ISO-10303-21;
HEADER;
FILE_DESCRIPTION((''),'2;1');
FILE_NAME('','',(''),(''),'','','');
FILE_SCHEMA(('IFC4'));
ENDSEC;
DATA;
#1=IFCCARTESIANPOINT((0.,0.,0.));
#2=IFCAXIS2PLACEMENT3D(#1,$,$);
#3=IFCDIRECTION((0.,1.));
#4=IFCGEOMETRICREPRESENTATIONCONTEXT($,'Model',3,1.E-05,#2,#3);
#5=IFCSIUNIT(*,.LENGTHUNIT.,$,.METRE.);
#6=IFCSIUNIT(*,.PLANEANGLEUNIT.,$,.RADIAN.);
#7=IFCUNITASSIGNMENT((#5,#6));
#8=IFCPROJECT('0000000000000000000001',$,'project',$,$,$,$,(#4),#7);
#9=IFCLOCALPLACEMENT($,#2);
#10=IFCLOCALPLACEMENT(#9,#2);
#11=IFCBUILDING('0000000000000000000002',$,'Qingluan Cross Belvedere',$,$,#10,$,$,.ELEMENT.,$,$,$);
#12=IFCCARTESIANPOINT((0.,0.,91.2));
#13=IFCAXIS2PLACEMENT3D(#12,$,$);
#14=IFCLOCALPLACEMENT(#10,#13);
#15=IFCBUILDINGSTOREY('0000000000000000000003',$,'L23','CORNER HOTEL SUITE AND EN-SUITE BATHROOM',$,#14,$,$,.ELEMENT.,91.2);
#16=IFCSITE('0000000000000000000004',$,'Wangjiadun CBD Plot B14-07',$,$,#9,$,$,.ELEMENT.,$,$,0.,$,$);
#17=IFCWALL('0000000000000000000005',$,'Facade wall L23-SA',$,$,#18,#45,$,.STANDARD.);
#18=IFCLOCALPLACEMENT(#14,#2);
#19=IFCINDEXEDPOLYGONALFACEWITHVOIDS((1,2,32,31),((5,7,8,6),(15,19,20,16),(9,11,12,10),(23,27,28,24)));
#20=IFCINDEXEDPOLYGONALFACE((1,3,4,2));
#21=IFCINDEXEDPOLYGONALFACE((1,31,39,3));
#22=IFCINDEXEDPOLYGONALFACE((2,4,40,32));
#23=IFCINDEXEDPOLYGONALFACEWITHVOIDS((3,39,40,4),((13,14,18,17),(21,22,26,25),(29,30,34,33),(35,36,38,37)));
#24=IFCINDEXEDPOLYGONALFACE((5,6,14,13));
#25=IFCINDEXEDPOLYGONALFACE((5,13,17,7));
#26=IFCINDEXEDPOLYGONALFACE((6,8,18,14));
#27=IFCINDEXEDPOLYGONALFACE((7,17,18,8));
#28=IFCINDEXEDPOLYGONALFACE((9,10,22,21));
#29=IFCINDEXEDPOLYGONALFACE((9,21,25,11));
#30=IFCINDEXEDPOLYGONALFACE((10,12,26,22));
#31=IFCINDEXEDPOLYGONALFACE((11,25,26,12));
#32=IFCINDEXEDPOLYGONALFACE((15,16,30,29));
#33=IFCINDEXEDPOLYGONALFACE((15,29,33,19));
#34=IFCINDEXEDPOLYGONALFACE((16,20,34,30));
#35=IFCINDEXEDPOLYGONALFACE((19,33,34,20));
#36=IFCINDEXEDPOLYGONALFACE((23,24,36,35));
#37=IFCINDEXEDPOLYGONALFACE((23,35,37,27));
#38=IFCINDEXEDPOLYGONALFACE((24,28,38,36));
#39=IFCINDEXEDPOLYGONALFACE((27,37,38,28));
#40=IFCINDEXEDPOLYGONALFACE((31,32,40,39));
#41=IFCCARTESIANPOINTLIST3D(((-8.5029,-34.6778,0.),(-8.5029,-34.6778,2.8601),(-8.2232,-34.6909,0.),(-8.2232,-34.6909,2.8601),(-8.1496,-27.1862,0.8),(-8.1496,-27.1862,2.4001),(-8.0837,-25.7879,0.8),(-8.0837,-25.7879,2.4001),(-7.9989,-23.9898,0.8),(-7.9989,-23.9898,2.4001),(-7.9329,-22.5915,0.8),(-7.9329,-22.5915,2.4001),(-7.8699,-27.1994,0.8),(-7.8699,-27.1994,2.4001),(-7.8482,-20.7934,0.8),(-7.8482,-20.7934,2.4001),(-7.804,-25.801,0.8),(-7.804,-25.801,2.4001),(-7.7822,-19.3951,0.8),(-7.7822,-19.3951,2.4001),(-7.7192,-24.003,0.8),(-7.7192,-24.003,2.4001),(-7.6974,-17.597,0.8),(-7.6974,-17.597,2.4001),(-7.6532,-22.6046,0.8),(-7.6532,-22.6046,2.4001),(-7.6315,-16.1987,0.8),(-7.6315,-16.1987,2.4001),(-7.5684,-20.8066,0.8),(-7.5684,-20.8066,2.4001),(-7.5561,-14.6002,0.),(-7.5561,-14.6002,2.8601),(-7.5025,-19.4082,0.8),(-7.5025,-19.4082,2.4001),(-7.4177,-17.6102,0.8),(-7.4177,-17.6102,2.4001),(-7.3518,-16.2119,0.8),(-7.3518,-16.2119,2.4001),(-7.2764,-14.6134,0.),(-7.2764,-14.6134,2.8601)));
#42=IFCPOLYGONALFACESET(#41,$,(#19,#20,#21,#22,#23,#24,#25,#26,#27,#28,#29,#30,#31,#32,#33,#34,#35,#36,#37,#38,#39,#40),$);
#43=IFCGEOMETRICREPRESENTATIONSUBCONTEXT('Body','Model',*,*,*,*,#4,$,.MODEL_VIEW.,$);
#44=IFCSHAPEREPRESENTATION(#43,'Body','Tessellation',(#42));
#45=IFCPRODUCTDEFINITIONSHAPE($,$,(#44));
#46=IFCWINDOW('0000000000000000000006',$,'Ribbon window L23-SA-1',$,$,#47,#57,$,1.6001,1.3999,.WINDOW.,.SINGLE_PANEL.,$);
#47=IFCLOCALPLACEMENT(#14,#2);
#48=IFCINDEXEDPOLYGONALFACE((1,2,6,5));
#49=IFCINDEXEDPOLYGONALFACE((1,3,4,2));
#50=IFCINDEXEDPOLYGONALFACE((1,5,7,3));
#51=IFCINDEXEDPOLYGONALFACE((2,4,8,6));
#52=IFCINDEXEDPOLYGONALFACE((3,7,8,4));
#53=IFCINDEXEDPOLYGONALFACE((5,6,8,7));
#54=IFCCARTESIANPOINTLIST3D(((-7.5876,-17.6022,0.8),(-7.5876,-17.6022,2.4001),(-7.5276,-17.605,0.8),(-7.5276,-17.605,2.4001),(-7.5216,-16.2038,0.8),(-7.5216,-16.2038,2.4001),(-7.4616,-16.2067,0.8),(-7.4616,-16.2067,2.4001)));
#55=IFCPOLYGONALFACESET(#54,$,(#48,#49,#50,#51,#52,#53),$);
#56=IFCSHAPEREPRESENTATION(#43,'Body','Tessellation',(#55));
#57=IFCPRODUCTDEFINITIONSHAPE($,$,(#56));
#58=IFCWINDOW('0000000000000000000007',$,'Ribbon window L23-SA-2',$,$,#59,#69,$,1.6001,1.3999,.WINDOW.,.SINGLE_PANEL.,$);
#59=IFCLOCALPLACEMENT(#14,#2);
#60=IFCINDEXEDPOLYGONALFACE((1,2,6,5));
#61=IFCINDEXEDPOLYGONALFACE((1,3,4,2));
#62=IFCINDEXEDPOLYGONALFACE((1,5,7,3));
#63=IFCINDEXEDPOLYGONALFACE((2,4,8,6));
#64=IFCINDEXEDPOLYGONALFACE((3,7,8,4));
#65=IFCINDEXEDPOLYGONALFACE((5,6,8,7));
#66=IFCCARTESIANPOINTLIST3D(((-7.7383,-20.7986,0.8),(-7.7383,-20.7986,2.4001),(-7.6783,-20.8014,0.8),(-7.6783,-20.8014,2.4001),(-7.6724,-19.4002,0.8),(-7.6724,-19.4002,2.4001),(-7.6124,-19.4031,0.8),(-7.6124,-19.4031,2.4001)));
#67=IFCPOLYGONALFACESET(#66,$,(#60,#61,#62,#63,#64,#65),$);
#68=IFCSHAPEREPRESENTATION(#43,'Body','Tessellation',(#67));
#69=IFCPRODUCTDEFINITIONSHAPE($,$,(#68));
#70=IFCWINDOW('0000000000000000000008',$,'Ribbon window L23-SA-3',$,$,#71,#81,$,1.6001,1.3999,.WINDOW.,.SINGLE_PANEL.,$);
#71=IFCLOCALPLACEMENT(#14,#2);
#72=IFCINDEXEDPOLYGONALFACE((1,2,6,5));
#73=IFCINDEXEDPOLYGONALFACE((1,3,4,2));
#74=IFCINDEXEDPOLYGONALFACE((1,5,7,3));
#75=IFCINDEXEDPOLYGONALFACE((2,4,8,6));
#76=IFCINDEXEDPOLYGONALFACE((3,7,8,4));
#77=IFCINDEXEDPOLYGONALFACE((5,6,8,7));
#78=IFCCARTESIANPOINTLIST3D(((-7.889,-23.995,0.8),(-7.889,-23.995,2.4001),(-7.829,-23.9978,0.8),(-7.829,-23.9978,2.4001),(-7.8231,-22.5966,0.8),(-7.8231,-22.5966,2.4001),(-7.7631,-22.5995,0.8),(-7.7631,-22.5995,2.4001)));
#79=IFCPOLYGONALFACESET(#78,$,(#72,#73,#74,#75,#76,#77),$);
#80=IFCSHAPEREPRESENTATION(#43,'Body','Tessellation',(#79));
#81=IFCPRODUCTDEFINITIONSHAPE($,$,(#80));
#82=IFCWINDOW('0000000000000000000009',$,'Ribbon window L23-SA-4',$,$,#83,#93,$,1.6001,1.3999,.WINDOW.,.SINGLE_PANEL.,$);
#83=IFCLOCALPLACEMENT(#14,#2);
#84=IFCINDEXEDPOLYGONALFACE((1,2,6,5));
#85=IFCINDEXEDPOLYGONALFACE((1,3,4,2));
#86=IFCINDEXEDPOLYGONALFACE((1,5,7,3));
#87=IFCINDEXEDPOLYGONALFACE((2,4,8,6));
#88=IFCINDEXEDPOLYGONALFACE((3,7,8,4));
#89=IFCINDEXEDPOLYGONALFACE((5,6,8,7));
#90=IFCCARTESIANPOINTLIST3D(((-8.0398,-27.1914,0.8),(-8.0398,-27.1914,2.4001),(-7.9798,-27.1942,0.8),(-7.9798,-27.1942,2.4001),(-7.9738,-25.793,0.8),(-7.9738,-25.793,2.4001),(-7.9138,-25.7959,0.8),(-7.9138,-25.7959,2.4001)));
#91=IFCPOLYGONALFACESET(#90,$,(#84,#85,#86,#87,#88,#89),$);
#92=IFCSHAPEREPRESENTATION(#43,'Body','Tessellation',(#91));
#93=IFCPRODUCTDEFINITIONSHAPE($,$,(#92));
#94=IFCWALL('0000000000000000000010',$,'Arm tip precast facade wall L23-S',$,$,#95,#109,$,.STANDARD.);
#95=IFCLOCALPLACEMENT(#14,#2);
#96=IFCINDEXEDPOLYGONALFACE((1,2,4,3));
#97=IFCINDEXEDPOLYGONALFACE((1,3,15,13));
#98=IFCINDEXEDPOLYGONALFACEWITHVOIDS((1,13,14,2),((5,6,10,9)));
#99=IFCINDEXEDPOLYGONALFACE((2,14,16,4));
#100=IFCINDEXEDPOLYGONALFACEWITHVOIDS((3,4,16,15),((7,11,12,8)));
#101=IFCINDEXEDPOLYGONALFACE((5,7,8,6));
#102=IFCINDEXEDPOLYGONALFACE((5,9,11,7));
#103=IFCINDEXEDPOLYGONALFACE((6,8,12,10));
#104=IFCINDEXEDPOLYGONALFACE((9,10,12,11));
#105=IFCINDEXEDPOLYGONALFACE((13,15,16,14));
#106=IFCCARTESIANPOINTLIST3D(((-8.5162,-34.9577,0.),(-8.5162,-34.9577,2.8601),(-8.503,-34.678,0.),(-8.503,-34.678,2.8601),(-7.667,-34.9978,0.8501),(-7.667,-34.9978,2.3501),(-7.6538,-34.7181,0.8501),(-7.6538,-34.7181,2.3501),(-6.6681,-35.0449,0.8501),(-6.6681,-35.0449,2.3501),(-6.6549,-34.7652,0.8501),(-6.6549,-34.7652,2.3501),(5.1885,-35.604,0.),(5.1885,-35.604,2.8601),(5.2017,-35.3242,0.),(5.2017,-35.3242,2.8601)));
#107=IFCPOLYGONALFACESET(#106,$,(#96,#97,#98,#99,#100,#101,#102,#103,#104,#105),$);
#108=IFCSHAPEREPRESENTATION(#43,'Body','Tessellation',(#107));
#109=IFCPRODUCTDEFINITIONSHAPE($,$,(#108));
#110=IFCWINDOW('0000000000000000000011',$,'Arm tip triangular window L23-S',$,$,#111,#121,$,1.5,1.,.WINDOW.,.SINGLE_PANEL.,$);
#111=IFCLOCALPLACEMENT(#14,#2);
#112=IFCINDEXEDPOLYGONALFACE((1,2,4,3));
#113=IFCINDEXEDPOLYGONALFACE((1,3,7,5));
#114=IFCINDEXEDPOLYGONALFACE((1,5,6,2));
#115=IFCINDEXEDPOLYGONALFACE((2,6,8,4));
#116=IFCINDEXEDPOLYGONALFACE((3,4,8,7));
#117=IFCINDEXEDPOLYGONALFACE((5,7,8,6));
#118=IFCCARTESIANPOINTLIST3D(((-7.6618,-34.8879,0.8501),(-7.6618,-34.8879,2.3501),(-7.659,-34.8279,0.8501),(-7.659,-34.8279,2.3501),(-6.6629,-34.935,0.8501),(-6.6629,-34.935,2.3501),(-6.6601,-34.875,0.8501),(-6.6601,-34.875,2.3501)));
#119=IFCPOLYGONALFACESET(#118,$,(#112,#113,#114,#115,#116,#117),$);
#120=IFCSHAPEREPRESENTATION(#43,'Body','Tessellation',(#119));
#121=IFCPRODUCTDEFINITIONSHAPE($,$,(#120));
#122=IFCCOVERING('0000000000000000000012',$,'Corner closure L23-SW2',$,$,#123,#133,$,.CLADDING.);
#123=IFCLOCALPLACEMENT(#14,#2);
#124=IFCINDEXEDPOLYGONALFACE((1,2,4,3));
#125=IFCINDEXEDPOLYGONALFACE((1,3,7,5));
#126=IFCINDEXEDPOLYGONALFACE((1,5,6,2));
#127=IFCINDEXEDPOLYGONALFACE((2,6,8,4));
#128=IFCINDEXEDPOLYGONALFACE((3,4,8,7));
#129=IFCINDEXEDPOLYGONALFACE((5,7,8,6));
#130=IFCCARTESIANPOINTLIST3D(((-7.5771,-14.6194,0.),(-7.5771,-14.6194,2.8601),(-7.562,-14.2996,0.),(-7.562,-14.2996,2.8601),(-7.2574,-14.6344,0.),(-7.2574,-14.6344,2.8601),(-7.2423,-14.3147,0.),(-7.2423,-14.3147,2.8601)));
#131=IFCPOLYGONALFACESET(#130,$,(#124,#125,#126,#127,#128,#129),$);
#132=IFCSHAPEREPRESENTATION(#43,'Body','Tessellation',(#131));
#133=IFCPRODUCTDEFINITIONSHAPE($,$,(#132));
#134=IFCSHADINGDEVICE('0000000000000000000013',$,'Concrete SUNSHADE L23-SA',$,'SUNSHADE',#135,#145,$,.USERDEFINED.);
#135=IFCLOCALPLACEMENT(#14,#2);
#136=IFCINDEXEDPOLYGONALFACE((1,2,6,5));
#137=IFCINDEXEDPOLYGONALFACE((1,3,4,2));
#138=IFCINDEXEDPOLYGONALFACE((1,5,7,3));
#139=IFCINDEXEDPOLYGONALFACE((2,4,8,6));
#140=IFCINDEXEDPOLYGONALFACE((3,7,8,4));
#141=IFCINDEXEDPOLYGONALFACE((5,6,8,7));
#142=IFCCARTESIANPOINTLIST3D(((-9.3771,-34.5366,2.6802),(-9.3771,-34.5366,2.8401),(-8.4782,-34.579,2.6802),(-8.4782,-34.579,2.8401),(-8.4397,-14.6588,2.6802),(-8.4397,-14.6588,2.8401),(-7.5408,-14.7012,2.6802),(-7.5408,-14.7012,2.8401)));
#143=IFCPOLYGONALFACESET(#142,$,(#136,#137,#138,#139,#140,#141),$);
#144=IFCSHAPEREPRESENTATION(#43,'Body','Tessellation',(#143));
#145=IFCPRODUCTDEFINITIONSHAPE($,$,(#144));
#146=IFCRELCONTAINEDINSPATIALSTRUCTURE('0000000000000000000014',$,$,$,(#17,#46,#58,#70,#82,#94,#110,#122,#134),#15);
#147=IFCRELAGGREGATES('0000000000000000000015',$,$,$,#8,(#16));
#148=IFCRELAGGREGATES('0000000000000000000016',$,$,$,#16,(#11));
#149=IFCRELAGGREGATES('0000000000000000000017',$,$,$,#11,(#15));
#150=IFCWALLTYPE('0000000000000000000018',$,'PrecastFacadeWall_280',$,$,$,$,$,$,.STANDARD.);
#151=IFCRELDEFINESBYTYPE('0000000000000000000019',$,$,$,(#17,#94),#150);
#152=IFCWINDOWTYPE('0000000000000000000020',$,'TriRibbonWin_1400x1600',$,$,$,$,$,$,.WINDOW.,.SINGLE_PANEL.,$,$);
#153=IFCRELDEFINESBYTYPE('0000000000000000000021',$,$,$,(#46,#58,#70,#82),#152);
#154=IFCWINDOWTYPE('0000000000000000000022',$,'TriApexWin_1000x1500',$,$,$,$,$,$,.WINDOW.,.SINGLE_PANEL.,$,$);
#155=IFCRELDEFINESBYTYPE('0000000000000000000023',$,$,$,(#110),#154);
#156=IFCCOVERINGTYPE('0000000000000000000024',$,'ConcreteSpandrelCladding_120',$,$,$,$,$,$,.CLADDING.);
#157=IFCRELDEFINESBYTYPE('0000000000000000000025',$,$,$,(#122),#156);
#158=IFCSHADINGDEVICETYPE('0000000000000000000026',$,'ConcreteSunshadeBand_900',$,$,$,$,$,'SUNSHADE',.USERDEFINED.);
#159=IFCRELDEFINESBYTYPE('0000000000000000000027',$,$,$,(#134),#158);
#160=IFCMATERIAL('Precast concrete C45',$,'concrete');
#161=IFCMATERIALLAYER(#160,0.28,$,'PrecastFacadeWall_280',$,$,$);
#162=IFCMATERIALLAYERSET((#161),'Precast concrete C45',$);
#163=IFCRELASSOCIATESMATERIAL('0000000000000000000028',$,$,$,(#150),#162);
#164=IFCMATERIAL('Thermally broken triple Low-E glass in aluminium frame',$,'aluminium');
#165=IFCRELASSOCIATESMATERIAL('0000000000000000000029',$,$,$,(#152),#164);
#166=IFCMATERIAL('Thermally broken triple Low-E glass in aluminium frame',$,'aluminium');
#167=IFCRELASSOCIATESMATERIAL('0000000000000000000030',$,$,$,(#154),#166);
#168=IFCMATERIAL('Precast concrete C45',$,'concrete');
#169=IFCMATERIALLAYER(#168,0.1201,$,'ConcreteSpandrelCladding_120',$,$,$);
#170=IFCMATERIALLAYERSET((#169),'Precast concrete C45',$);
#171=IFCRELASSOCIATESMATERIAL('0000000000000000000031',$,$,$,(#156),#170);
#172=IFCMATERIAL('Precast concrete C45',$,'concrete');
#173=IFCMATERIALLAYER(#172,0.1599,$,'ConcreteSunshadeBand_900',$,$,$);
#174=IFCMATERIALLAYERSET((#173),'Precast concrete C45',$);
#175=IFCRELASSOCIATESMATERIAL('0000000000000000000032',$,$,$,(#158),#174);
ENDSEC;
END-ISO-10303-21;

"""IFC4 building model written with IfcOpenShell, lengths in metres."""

from ifc_helpers import new_model, si_unit, direction, frame, frame_2d, origin, origin_2d, place, context, subcontext, project, spatial, rectangle, extrude, material, layer, layer_set, type_object, element, fill, save


model = new_model("IFC4")

# Units and contexts
model_context = context("Model", 3, precision=1e-05, world=origin(), true_north=direction((0.0, 1.0)))
body_context = subcontext(model_context, "Body", "Model", "MODEL_VIEW")
ifc_project = project(units=[si_unit("LENGTHUNIT", "METRE"), si_unit("PLANEANGLEUNIT", "RADIAN")], contexts=[model_context])

# Site, building, storey
site_placement = place(None, origin())
site = spatial("IfcSite", under=ifc_project, at=site_placement, Name="Wangjiadun CBD Plot B14-07", CompositionType="ELEMENT", RefElevation=0.0)
building_placement = place(site_placement, origin())
building = spatial("IfcBuilding", under=site, at=building_placement, Name="Qingluan Cross Belvedere", CompositionType="ELEMENT")
storey_placement = place(building_placement, frame((0.0, 0.0, 91.2)))
storey = spatial("IfcBuildingStorey", under=building, at=storey_placement, Name="L23", Description="CORNER HOTEL SUITE AND EN-SUITE BATHROOM", CompositionType="ELEMENT", Elevation=91.2)

# Wall, openings, windows
ifc_material_1 = material(Name="Precast concrete C45", Category="concrete")
ifc_layer_1 = layer(ifc_material_1, 0.28, Name="PrecastFacadeWall_280")
ifc_layer_set_1 = layer_set([ifc_layer_1], Name="Precast concrete C45")
wall_type_1 = type_object("IfcWallType", Name="PrecastFacadeWall_280", PredefinedType="STANDARD", material=ifc_layer_set_1)
wall_1_placement = place(storey_placement, frame((-7.4163, -14.6069, 0.0), z_axis=(0.0, 0.0, 1.0), x_axis=(-0.047103, -0.99889, 0.0)))
wall_1 = element("IfcWall", 1, at=wall_1_placement, inside=storey, type_object=wall_type_1, Name="Facade wall L23-SA", PredefinedType="STANDARD", context=body_context, shape_type="SweptSolid", body=[
    extrude(rectangle(XDim=20.0999, YDim=0.28, at=frame_2d((10.0498, 0.0))), origin(), (0.0, 0.0, 1.0), 2.8601),
])
opening_1_placement = place(wall_1_placement, frame((1.6001, 0.0, 0.8)))
opening_1 = element("IfcOpeningElement", 2, at=opening_1_placement, cuts=wall_1, PredefinedType="OPENING", context=body_context, shape_type="SweptSolid", body=[
    extrude(rectangle(XDim=1.3999, YDim=1.6001, at=frame_2d((0.7, 0.8))), frame((0.0, 0.1499, 0.0), z_axis=(0.0, -1.0, 0.0), x_axis=(1.0, 0.0, 0.0)), (0.0, 0.0, 1.0), 0.3),
])
opening_2_placement = place(wall_1_placement, frame((4.8, 0.0, 0.8)))
opening_2 = element("IfcOpeningElement", 3, at=opening_2_placement, cuts=wall_1, PredefinedType="OPENING", context=body_context, shape_type="SweptSolid", body=[
    extrude(rectangle(XDim=1.3999, YDim=1.6001, at=frame_2d((0.7, 0.8))), frame((0.0, 0.1499, 0.0), z_axis=(0.0, -1.0, 0.0), x_axis=(1.0, 0.0, 0.0)), (0.0, 0.0, 1.0), 0.3),
])
opening_3_placement = place(wall_1_placement, frame((8.0, 0.0, 0.8)))
opening_3 = element("IfcOpeningElement", 4, at=opening_3_placement, cuts=wall_1, PredefinedType="OPENING", context=body_context, shape_type="SweptSolid", body=[
    extrude(rectangle(XDim=1.3999, YDim=1.6001, at=frame_2d((0.7, 0.8))), frame((0.0, 0.1499, 0.0), z_axis=(0.0, -1.0, 0.0), x_axis=(1.0, 0.0, 0.0)), (0.0, 0.0, 1.0), 0.3),
])
opening_4_placement = place(wall_1_placement, frame((11.2, 0.0, 0.8)))
opening_4 = element("IfcOpeningElement", 5, at=opening_4_placement, cuts=wall_1, PredefinedType="OPENING", context=body_context, shape_type="SweptSolid", body=[
    extrude(rectangle(XDim=1.3999, YDim=1.6001, at=frame_2d((0.7, 0.8))), frame((0.0, 0.1499, 0.0), z_axis=(0.0, -1.0, 0.0), x_axis=(1.0, 0.0, 0.0)), (0.0, 0.0, 1.0), 0.3),
])
ifc_material_2 = material(Name="Thermally broken triple Low-E glass in aluminium frame", Category="aluminium")
window_type_1 = type_object("IfcWindowType", Name="TriRibbonWin_1400x1600", PartitioningType="SINGLE_PANEL", PredefinedType="WINDOW", material=ifc_material_2)
window_1_placement = place(opening_1_placement, origin())
window_1 = element("IfcWindow", 6, at=window_1_placement, inside=storey, type_object=window_type_1, Name="Ribbon window L23-SA-1", OverallHeight=1.6001, OverallWidth=1.3999, PartitioningType="SINGLE_PANEL", PredefinedType="WINDOW", context=body_context, shape_type="SweptSolid", body=[
    extrude(rectangle(XDim=1.3999, YDim=1.6001, at=frame_2d((0.7, 0.8))), frame((0.0, 0.03, 0.0), z_axis=(0.0, -1.0, 0.0), x_axis=(1.0, 0.0, 0.0)), (0.0, 0.0, 1.0), 0.0601),
])
fill(opening_1, window_1)
window_2_placement = place(opening_2_placement, origin())
window_2 = element("IfcWindow", 7, at=window_2_placement, inside=storey, type_object=window_type_1, Name="Ribbon window L23-SA-2", OverallHeight=1.6001, OverallWidth=1.3999, PartitioningType="SINGLE_PANEL", PredefinedType="WINDOW", context=body_context, shape_type="SweptSolid", body=[
    extrude(rectangle(XDim=1.3999, YDim=1.6001, at=frame_2d((0.7, 0.8))), frame((0.0, 0.03, 0.0), z_axis=(0.0, -1.0, 0.0), x_axis=(1.0, 0.0, 0.0)), (0.0, 0.0, 1.0), 0.0601),
])
fill(opening_2, window_2)
window_3_placement = place(opening_3_placement, origin())
window_3 = element("IfcWindow", 8, at=window_3_placement, inside=storey, type_object=window_type_1, Name="Ribbon window L23-SA-3", OverallHeight=1.6001, OverallWidth=1.3999, PartitioningType="SINGLE_PANEL", PredefinedType="WINDOW", context=body_context, shape_type="SweptSolid", body=[
    extrude(rectangle(XDim=1.3999, YDim=1.6001, at=frame_2d((0.7, 0.8))), frame((0.0, 0.03, 0.0), z_axis=(0.0, -1.0, 0.0), x_axis=(1.0, 0.0, 0.0)), (0.0, 0.0, 1.0), 0.0601),
])
fill(opening_3, window_3)
window_4_placement = place(opening_4_placement, origin())
window_4 = element("IfcWindow", 9, at=window_4_placement, inside=storey, type_object=window_type_1, Name="Ribbon window L23-SA-4", OverallHeight=1.6001, OverallWidth=1.3999, PartitioningType="SINGLE_PANEL", PredefinedType="WINDOW", context=body_context, shape_type="SweptSolid", body=[
    extrude(rectangle(XDim=1.3999, YDim=1.6001, at=frame_2d((0.7, 0.8))), frame((0.0, 0.03, 0.0), z_axis=(0.0, -1.0, 0.0), x_axis=(1.0, 0.0, 0.0)), (0.0, 0.0, 1.0), 0.0601),
])
fill(opening_4, window_4)

# Wall, opening, window
wall_2_placement = place(storey_placement, frame((-8.5095, -34.8179, 0.0), z_axis=(0.0, 0.0, 1.0), x_axis=(0.99889, -0.047102, 0.0)))
wall_2 = element("IfcWall", 10, at=wall_2_placement, inside=storey, type_object=wall_type_1, Name="Arm tip precast facade wall L23-S", PredefinedType="STANDARD", context=body_context, shape_type="SweptSolid", body=[
    extrude(rectangle(XDim=13.72, YDim=0.28, at=frame_2d((6.8599, 0.0))), origin(), (0.0, 0.0, 1.0), 2.8601),
])
opening_5_placement = place(wall_2_placement, frame((0.8501, 0.0, 0.8501)))
opening_5 = element("IfcOpeningElement", 11, at=opening_5_placement, cuts=wall_2, PredefinedType="OPENING", context=body_context, shape_type="SweptSolid", body=[
    extrude(rectangle(XDim=1.0, YDim=1.5, at=frame_2d((0.5, 0.75))), frame((0.0, 0.1499, 0.0), z_axis=(0.0, -1.0, 0.0), x_axis=(1.0, 0.0, 0.0)), (0.0, 0.0, 1.0), 0.3),
])
ifc_material_3 = material(Name="Thermally broken triple Low-E glass in aluminium frame", Category="aluminium")
window_type_2 = type_object("IfcWindowType", Name="TriApexWin_1000x1500", PartitioningType="SINGLE_PANEL", PredefinedType="WINDOW", material=ifc_material_3)
window_5_placement = place(opening_5_placement, origin())
window_5 = element("IfcWindow", 12, at=window_5_placement, inside=storey, type_object=window_type_2, Name="Arm tip triangular window L23-S", OverallHeight=1.5, OverallWidth=1.0, PartitioningType="SINGLE_PANEL", PredefinedType="WINDOW", context=body_context, shape_type="SweptSolid", body=[
    extrude(rectangle(XDim=1.0, YDim=1.5, at=frame_2d((0.5, 0.75))), frame((0.0, 0.03, 0.0), z_axis=(0.0, -1.0, 0.0), x_axis=(1.0, 0.0, 0.0)), (0.0, 0.0, 1.0), 0.0601),
])
fill(opening_5, window_5)

# Covering
ifc_material_4 = material(Name="Precast concrete C45", Category="concrete")
ifc_layer_2 = layer(ifc_material_4, 0.1201, Name="ConcreteSpandrelCladding_120")
ifc_layer_set_2 = layer_set([ifc_layer_2], Name="Precast concrete C45")
covering_type = type_object("IfcCoveringType", Name="ConcreteSpandrelCladding_120", PredefinedType="CLADDING", material=ifc_layer_set_2)
covering_placement = place(storey_placement, frame((-7.4097, -14.467, 0.0), z_axis=(0.0, 0.0, 1.0), x_axis=(0.99889, -0.047106, 0.0)))
element("IfcCovering", 13, at=covering_placement, inside=storey, type_object=covering_type, Name="Corner closure L23-SW2", PredefinedType="CLADDING", context=body_context, shape_type="SweptSolid", body=[
    extrude(rectangle(XDim=0.3201, YDim=0.3201, at=origin_2d()), origin(), (0.0, 0.0, 1.0), 2.8601),
])

# Shading device
ifc_material_5 = material(Name="Precast concrete C45", Category="concrete")
ifc_layer_3 = layer(ifc_material_5, 0.1599, Name="ConcreteSunshadeBand_900")
ifc_layer_set_3 = layer_set([ifc_layer_3], Name="Precast concrete C45")
shading_device_type = type_object("IfcShadingDeviceType", Name="ConcreteSunshadeBand_900", ElementType="SUNSHADE", PredefinedType="USERDEFINED", material=ifc_layer_set_3)
shading_device_placement = place(storey_placement, frame((-8.459, -24.6189, 2.6802), z_axis=(0.0, 0.0, 1.0), x_axis=(-0.047105, -0.99889, 0.0)))
element("IfcShadingDevice", 14, at=shading_device_placement, inside=storey, type_object=shading_device_type, Name="Concrete SUNSHADE L23-SA", ObjectType="SUNSHADE", PredefinedType="USERDEFINED", context=body_context, shape_type="SweptSolid", body=[
    extrude(rectangle(XDim=19.8999, YDim=0.8999, at=origin_2d()), origin(), (0.0, 0.0, 1.0), 0.1599),
])

save(model, "model.ifc")
